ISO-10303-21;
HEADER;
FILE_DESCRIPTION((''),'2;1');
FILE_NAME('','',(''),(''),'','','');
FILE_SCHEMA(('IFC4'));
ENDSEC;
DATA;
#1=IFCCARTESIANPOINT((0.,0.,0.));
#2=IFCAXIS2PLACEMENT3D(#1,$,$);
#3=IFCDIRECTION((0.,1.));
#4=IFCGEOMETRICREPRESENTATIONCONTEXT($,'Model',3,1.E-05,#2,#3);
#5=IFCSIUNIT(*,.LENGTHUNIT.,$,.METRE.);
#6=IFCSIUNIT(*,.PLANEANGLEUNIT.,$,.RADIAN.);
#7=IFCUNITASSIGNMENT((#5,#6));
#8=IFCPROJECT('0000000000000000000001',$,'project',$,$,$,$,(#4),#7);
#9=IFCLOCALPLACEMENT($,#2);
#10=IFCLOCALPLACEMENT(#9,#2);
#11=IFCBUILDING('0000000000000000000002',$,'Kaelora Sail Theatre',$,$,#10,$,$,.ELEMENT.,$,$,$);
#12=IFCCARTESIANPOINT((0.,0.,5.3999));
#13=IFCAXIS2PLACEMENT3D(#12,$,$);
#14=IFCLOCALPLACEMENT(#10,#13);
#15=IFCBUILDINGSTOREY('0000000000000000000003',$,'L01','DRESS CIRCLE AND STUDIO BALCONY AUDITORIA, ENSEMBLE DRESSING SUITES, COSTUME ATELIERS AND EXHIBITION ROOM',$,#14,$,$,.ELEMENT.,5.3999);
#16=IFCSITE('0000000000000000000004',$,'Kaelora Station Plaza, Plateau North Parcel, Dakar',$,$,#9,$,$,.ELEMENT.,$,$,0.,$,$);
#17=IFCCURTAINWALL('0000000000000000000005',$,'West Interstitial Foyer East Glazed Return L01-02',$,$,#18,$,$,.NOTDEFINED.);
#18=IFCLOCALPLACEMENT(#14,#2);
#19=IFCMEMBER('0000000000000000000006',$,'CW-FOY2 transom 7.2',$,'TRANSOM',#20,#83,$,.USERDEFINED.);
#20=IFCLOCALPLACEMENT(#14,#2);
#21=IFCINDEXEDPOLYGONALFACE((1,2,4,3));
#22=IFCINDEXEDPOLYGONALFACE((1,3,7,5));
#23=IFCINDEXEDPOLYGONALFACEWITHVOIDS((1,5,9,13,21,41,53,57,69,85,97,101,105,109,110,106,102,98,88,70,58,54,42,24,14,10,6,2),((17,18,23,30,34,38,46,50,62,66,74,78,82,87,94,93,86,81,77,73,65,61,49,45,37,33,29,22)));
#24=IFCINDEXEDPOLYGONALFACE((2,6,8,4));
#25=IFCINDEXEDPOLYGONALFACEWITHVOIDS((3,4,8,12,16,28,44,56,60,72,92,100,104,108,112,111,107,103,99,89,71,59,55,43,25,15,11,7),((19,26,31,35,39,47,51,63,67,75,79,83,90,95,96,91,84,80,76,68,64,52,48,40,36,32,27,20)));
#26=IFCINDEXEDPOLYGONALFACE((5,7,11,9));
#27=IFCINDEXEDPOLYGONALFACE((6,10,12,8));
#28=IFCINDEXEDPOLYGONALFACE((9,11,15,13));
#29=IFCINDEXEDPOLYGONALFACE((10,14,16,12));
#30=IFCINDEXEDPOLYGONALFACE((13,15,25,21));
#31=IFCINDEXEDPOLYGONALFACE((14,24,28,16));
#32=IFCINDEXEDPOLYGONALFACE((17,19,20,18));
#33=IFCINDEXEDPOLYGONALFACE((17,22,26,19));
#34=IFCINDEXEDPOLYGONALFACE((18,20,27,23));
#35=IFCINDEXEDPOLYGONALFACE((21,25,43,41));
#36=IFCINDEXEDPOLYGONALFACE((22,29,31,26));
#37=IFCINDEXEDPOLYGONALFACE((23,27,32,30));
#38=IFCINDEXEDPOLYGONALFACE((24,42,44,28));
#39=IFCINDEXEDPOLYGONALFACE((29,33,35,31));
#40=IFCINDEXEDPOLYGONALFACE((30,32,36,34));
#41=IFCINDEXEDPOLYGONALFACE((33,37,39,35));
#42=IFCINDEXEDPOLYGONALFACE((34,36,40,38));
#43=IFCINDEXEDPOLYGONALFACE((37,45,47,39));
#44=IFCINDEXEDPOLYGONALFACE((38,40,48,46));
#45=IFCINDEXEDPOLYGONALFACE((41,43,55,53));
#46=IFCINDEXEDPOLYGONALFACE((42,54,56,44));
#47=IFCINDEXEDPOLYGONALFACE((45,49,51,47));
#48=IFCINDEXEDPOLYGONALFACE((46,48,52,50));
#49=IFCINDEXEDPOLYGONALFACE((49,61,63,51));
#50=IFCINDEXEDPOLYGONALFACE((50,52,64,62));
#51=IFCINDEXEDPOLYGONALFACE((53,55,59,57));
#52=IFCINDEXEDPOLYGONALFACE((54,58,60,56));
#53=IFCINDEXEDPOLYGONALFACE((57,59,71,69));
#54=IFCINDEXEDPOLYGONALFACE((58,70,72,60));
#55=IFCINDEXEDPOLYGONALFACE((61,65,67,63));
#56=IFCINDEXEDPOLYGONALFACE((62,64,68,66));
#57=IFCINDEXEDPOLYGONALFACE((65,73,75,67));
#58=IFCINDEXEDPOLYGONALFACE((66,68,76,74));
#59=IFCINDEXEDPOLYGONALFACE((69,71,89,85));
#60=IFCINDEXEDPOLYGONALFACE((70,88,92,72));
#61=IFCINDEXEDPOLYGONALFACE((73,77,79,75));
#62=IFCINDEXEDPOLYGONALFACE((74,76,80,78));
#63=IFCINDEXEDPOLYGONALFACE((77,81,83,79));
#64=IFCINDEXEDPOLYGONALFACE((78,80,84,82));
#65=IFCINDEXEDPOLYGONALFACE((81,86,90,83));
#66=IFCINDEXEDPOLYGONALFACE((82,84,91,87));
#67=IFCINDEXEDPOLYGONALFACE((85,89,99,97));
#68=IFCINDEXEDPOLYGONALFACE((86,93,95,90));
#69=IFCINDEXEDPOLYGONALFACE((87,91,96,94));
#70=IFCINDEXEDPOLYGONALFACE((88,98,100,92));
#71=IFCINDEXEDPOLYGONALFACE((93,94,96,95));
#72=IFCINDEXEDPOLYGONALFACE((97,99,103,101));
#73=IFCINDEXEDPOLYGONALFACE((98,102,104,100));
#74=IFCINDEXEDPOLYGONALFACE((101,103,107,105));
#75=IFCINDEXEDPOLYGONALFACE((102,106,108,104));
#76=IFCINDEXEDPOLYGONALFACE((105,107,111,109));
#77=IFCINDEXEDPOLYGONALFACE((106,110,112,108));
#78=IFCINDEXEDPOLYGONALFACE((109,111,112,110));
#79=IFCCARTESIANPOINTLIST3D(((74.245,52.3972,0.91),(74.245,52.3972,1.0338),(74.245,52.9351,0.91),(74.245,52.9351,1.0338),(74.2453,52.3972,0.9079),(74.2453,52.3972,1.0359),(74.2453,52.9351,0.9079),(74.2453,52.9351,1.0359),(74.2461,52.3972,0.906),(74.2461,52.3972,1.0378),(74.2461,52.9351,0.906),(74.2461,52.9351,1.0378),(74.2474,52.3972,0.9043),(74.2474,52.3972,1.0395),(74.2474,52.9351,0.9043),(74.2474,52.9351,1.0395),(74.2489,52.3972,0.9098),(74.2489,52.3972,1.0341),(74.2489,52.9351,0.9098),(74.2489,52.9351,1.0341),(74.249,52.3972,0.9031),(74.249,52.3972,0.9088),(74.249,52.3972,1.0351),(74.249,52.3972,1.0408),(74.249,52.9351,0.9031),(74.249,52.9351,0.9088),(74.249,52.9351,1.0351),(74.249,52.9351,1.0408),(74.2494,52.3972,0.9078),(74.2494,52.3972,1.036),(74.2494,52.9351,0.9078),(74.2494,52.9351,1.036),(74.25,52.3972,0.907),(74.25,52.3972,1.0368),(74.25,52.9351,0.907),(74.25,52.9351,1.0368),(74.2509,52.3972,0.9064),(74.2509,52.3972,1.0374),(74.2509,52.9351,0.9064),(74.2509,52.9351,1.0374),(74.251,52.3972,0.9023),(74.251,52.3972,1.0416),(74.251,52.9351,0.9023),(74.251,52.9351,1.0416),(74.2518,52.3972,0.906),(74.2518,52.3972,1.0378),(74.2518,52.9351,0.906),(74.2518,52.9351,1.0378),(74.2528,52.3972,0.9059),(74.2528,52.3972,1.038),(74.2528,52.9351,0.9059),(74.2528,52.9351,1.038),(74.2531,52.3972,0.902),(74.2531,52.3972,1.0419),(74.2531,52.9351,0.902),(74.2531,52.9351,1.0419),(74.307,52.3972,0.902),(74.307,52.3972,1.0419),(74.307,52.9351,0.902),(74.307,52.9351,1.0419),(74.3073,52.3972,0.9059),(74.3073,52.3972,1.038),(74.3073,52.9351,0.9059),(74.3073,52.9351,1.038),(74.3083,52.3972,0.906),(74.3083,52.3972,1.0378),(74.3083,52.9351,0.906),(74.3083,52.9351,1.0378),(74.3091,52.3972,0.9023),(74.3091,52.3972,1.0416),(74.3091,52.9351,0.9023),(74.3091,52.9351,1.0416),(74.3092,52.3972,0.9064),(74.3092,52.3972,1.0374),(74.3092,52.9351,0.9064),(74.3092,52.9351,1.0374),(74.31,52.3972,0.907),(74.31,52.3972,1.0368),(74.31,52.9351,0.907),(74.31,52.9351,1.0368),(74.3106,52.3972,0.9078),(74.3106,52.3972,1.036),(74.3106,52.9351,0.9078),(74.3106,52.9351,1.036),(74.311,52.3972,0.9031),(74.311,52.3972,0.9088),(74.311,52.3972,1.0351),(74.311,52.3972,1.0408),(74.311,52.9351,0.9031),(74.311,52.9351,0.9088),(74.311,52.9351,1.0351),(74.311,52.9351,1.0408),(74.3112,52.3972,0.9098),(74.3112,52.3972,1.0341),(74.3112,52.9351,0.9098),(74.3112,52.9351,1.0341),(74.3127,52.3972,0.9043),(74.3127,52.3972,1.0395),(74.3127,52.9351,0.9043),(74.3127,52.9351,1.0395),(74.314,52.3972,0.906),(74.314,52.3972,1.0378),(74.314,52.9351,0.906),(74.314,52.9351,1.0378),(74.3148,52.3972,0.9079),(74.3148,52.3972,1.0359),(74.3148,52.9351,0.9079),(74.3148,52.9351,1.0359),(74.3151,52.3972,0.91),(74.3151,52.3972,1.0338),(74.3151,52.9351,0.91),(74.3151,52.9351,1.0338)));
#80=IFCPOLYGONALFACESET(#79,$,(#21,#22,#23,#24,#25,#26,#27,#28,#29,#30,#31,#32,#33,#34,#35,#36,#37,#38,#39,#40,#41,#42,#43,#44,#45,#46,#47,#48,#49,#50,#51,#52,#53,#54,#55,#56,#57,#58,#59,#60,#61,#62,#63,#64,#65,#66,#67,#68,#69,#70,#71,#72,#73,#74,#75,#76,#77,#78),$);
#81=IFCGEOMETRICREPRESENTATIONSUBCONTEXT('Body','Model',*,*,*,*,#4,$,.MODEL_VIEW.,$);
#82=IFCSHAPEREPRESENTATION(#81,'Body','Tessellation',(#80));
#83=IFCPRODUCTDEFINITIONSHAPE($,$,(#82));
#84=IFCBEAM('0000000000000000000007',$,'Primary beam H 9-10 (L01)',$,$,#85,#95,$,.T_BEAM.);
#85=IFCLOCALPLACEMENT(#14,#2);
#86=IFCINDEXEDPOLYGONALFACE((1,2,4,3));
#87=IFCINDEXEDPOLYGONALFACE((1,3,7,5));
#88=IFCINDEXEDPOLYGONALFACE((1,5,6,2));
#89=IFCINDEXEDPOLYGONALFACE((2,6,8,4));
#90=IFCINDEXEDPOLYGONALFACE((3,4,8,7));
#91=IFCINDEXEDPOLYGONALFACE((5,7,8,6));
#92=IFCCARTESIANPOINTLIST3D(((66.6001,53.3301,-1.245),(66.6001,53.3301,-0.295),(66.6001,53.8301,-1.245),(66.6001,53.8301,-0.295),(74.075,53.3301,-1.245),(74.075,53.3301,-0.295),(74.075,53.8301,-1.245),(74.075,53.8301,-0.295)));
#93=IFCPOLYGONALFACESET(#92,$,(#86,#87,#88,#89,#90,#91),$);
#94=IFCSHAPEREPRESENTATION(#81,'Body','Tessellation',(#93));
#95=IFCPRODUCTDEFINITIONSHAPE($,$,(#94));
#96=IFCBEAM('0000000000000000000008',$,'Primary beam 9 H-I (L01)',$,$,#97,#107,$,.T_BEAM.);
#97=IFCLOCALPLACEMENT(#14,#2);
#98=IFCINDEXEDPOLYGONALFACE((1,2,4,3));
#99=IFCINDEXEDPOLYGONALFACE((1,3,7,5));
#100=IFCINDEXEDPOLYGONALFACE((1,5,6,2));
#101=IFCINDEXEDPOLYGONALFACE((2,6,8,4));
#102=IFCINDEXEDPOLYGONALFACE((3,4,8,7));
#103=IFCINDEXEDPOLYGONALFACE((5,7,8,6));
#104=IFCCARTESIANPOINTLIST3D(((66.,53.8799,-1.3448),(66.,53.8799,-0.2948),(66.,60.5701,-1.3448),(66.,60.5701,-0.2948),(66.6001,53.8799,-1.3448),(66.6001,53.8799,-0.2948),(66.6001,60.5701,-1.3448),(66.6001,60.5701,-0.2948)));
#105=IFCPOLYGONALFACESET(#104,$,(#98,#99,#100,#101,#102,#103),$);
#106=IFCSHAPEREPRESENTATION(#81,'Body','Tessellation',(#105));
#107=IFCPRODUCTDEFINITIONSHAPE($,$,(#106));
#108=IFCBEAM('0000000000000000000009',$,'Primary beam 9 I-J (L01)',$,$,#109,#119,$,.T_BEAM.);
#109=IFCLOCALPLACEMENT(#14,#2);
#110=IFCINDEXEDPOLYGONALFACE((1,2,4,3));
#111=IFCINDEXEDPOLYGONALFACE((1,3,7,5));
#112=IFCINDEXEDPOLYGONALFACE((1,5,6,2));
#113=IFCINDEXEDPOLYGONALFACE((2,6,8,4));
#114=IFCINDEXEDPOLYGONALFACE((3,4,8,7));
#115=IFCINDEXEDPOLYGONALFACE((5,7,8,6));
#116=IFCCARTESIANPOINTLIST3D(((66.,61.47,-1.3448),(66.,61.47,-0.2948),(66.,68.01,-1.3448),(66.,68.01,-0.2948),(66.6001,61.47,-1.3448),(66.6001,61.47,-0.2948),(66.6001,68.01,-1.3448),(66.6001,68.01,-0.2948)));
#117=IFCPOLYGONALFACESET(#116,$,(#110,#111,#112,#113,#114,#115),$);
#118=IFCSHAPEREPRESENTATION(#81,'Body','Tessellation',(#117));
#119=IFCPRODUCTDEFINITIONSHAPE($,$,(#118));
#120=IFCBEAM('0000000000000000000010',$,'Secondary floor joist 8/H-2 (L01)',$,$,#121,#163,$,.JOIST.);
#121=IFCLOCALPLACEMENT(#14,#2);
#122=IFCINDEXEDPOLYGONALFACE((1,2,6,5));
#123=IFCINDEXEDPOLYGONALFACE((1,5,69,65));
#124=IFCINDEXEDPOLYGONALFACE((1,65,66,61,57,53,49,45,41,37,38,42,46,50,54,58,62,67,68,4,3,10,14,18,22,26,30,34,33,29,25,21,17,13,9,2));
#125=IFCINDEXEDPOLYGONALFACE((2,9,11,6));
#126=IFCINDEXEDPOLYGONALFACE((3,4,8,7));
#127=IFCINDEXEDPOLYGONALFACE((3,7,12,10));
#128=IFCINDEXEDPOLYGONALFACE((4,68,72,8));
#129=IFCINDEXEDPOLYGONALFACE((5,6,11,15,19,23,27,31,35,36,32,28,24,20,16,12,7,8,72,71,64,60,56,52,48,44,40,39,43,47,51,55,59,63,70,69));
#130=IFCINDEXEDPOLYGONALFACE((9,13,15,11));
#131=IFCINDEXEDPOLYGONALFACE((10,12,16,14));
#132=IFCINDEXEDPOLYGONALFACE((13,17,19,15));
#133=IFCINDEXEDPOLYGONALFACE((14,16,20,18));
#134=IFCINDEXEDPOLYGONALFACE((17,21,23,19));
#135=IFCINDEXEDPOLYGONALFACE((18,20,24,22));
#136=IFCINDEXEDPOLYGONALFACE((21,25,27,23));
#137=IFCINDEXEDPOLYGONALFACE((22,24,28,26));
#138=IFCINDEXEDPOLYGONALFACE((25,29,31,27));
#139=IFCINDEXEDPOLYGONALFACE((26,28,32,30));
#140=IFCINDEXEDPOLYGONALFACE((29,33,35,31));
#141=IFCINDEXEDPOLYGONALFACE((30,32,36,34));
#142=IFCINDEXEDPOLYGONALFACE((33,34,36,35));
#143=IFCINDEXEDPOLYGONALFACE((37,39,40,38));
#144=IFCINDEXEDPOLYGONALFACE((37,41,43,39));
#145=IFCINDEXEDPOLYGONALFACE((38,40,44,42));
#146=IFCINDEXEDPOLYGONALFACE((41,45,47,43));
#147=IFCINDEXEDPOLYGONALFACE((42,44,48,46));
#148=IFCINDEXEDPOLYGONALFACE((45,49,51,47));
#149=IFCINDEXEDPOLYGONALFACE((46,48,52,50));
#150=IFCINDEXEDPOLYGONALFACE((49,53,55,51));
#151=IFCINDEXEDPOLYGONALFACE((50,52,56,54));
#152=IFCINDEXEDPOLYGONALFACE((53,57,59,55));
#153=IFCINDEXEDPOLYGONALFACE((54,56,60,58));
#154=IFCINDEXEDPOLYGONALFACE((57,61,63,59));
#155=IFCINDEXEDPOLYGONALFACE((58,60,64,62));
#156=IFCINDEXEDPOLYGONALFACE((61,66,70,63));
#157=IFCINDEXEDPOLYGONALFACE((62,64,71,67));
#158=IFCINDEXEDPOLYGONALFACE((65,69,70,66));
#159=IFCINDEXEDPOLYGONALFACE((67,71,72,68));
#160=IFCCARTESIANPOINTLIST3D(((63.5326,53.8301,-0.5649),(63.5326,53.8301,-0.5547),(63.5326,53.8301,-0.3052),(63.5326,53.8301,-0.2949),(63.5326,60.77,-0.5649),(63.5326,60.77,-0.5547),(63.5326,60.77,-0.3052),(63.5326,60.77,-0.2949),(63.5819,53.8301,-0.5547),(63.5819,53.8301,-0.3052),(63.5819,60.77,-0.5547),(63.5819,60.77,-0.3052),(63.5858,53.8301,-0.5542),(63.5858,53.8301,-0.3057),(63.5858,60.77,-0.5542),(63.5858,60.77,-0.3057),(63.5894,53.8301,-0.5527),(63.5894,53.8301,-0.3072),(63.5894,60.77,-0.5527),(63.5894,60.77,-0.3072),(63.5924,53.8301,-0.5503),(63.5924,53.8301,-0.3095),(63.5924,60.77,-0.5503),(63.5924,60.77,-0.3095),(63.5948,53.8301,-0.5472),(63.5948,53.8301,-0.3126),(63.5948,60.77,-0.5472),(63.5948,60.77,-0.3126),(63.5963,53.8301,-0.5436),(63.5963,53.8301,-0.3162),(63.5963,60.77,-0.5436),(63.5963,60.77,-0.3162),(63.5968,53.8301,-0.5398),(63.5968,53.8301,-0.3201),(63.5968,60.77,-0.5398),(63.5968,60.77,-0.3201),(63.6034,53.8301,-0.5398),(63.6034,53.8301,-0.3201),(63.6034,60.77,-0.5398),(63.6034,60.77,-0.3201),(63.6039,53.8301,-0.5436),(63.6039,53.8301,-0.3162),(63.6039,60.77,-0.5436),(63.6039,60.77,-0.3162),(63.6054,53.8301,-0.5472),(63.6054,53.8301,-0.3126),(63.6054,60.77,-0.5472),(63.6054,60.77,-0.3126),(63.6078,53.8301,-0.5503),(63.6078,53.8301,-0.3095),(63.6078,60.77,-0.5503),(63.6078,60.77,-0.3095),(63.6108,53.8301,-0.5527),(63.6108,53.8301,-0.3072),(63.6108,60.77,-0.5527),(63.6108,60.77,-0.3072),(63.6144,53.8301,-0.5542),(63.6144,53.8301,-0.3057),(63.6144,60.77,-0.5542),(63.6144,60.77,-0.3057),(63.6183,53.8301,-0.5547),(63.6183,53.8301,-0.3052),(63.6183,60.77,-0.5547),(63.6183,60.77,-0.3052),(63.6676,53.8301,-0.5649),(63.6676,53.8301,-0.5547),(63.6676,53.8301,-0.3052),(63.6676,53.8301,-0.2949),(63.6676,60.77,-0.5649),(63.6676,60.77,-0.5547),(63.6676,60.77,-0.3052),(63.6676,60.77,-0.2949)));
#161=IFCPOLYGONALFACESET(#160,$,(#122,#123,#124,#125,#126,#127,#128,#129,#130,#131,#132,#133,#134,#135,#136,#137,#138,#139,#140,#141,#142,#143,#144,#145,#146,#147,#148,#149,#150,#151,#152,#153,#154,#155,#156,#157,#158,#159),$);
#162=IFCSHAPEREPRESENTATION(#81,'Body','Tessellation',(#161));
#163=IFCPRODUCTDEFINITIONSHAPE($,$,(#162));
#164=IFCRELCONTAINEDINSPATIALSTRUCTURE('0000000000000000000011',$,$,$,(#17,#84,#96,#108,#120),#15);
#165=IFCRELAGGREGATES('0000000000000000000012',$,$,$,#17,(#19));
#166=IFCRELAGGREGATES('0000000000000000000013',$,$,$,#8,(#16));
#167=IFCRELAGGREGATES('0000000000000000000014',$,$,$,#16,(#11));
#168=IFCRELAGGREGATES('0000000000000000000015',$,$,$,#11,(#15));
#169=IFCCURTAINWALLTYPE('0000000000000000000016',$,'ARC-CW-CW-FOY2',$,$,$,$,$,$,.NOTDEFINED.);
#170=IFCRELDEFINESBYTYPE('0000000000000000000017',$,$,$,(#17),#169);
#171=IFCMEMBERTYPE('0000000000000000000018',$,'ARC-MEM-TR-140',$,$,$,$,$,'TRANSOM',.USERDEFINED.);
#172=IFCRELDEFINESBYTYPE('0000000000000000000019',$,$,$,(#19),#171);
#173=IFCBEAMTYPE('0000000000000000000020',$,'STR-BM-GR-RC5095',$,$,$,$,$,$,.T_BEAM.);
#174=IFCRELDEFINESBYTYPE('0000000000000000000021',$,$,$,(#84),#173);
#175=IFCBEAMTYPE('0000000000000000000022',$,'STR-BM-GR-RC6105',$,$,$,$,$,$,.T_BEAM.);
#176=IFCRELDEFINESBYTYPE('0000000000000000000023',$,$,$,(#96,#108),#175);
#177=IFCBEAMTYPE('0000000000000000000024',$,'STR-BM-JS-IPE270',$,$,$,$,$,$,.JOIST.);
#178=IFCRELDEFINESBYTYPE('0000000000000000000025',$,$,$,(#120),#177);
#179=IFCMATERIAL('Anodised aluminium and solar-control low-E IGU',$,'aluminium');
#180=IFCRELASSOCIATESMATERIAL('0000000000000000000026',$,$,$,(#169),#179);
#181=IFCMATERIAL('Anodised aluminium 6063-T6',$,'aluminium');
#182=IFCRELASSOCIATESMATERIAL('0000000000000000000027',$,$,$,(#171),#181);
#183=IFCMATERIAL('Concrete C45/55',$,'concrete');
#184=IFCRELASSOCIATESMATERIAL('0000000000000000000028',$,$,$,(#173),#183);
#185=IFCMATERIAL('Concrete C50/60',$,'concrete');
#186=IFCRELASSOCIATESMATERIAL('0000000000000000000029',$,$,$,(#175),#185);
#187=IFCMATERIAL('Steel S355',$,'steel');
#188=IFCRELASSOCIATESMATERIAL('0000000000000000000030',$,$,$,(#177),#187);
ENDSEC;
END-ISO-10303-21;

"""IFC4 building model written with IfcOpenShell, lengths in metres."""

from ifc_helpers import new_model, si_unit, direction, frame, origin, origin_2d, place, context, subcontext, project, spatial, rectangle, hollow_rectangle, i_section, extrude, material, material_profile, profile_set, type_object, element, aggregate, save


model = new_model("IFC4")

# Units and contexts
model_context = context("Model", 3, precision=1e-05, world=origin(), true_north=direction((0.0, 1.0)))
body_context = subcontext(model_context, "Body", "Model", "MODEL_VIEW")
ifc_project = project(units=[si_unit("LENGTHUNIT", "METRE"), si_unit("PLANEANGLEUNIT", "RADIAN")], contexts=[model_context])

# Site, building, storey
site_placement = place(None, origin())
site = spatial("IfcSite", under=ifc_project, at=site_placement, Name="Kaelora Station Plaza, Plateau North Parcel, Dakar", CompositionType="ELEMENT", RefElevation=0.0)
building_placement = place(site_placement, origin())
building = spatial("IfcBuilding", under=site, at=building_placement, Name="Kaelora Sail Theatre", CompositionType="ELEMENT")
storey_placement = place(building_placement, frame((0.0, 0.0, 5.3999)))
storey = spatial("IfcBuildingStorey", under=building, at=storey_placement, Name="L01", Description="DRESS CIRCLE AND STUDIO BALCONY AUDITORIA, ENSEMBLE DRESSING SUITES, COSTUME ATELIERS AND EXHIBITION ROOM", CompositionType="ELEMENT", Elevation=5.3999)

# Curtain wall, member
ifc_material_1 = material(Name="Anodised aluminium and solar-control low-E IGU", Category="aluminium")
curtain_wall_type = type_object("IfcCurtainWallType", Name="ARC-CW-CW-FOY2", PredefinedType="NOTDEFINED", material=ifc_material_1)
curtain_wall_placement = place(storey_placement, origin())
curtain_wall = element("IfcCurtainWall", 1, at=curtain_wall_placement, inside=storey, type_object=curtain_wall_type, Name="West Interstitial Foyer East Glazed Return L01-02", PredefinedType="NOTDEFINED")
ifc_material_2 = material(Name="Anodised aluminium 6063-T6", Category="aluminium")
ifc_material_profile_1 = material_profile(ifc_material_2, hollow_rectangle(XDim=0.0701, YDim=0.1399, WallThickness=0.0039, InnerFilletRadius=0.0039, OuterFilletRadius=0.0081, at=origin_2d()), Name="ALU-TRAN 70x140x4")
ifc_profile_set_1 = profile_set([ifc_material_profile_1], Name="Anodised aluminium 6063-T6")
member_type_1 = type_object("IfcMemberType", Name="ARC-MEM-TR-140", ElementType="TRANSOM", PredefinedType="USERDEFINED", material=ifc_profile_set_1)
member_1_placement = place(storey_placement, frame((74.28, 52.3972, 0.9719), z_axis=(0.0, 1.0, 0.0), x_axis=(-1.0, 0.0, 0.0)))
member_1 = element("IfcMember", 2, at=member_1_placement, type_object=member_type_1, Name="CW-FOY2 transom 7.2", ObjectType="TRANSOM", PredefinedType="USERDEFINED", context=body_context, shape_type="SweptSolid", body=[
    extrude(hollow_rectangle(XDim=0.0701, YDim=0.1399, WallThickness=0.0039, InnerFilletRadius=0.0039, OuterFilletRadius=0.0081, at=origin_2d()), origin(), (0.0, 0.0, 1.0), 0.5378),
])

# Beams
ifc_material_3 = material(Name="Concrete C45/55", Category="concrete")
ifc_material_profile_2 = material_profile(ifc_material_3, rectangle(XDim=0.5, YDim=0.95, at=origin_2d()), Name="RC-GRD 500x950")
ifc_profile_set_2 = profile_set([ifc_material_profile_2], Name="Concrete C45/55")
beam_type_1 = type_object("IfcBeamType", Name="STR-BM-GR-RC5095", PredefinedType="T_BEAM", material=ifc_profile_set_2)
beam_1_placement = place(storey_placement, frame((66.6001, 53.5801, -0.77), z_axis=(1.0, 0.0, 0.0), x_axis=(0.0, 1.0, 0.0)))
element("IfcBeam", 3, at=beam_1_placement, inside=storey, type_object=beam_type_1, Name="Primary beam H 9-10 (L01)", PredefinedType="T_BEAM", context=body_context, shape_type="SweptSolid", body=[
    extrude(rectangle(XDim=0.5, YDim=0.95, at=origin_2d()), origin(), (0.0, 0.0, 1.0), 7.4749),
])
ifc_material_4 = material(Name="Concrete C50/60", Category="concrete")
ifc_material_profile_3 = material_profile(ifc_material_4, rectangle(XDim=0.6001, YDim=1.05, at=origin_2d()), Name="RC-GRD 600x1050")
ifc_profile_set_3 = profile_set([ifc_material_profile_3], Name="Concrete C50/60")
beam_type_2 = type_object("IfcBeamType", Name="STR-BM-GR-RC6105", PredefinedType="T_BEAM", material=ifc_profile_set_3)
beam_2_placement = place(storey_placement, frame((66.3, 53.8799, -0.8198), z_axis=(0.0, 1.0, 0.0), x_axis=(-1.0, 0.0, 0.0)))
element("IfcBeam", 4, at=beam_2_placement, inside=storey, type_object=beam_type_2, Name="Primary beam 9 H-I (L01)", PredefinedType="T_BEAM", context=body_context, shape_type="SweptSolid", body=[
    extrude(rectangle(XDim=0.6001, YDim=1.05, at=origin_2d()), origin(), (0.0, 0.0, 1.0), 6.6902),
])
beam_3_placement = place(storey_placement, frame((66.3, 61.47, -0.8198), z_axis=(0.0, 1.0, 0.0), x_axis=(-1.0, 0.0, 0.0)))
element("IfcBeam", 5, at=beam_3_placement, inside=storey, type_object=beam_type_2, Name="Primary beam 9 I-J (L01)", PredefinedType="T_BEAM", context=body_context, shape_type="SweptSolid", body=[
    extrude(rectangle(XDim=0.6001, YDim=1.05, at=origin_2d()), origin(), (0.0, 0.0, 1.0), 6.54),
])
ifc_material_5 = material(Name="Steel S355", Category="steel")
ifc_material_profile_4 = material_profile(ifc_material_5, i_section(OverallWidth=0.135, OverallDepth=0.27, WebThickness=0.0066, FlangeThickness=0.0103, FilletRadius=0.0149, at=origin_2d()), Name="IPE 270")
ifc_profile_set_4 = profile_set([ifc_material_profile_4], Name="Steel S355")
beam_type_3 = type_object("IfcBeamType", Name="STR-BM-JS-IPE270", PredefinedType="JOIST", material=ifc_profile_set_4)
beam_4_placement = place(storey_placement, frame((63.6001, 53.8301, -0.4299), z_axis=(0.0, 1.0, 0.0), x_axis=(-1.0, 0.0, 0.0)))
element("IfcBeam", 6, at=beam_4_placement, inside=storey, type_object=beam_type_3, Name="Secondary floor joist 8/H-2 (L01)", PredefinedType="JOIST", context=body_context, shape_type="SweptSolid", body=[
    extrude(i_section(OverallWidth=0.135, OverallDepth=0.27, WebThickness=0.0066, FlangeThickness=0.0103, FilletRadius=0.0149, at=origin_2d()), origin(), (0.0, 0.0, 1.0), 6.9399),
])

aggregate(curtain_wall, [member_1])

save(model, "model.ifc")
